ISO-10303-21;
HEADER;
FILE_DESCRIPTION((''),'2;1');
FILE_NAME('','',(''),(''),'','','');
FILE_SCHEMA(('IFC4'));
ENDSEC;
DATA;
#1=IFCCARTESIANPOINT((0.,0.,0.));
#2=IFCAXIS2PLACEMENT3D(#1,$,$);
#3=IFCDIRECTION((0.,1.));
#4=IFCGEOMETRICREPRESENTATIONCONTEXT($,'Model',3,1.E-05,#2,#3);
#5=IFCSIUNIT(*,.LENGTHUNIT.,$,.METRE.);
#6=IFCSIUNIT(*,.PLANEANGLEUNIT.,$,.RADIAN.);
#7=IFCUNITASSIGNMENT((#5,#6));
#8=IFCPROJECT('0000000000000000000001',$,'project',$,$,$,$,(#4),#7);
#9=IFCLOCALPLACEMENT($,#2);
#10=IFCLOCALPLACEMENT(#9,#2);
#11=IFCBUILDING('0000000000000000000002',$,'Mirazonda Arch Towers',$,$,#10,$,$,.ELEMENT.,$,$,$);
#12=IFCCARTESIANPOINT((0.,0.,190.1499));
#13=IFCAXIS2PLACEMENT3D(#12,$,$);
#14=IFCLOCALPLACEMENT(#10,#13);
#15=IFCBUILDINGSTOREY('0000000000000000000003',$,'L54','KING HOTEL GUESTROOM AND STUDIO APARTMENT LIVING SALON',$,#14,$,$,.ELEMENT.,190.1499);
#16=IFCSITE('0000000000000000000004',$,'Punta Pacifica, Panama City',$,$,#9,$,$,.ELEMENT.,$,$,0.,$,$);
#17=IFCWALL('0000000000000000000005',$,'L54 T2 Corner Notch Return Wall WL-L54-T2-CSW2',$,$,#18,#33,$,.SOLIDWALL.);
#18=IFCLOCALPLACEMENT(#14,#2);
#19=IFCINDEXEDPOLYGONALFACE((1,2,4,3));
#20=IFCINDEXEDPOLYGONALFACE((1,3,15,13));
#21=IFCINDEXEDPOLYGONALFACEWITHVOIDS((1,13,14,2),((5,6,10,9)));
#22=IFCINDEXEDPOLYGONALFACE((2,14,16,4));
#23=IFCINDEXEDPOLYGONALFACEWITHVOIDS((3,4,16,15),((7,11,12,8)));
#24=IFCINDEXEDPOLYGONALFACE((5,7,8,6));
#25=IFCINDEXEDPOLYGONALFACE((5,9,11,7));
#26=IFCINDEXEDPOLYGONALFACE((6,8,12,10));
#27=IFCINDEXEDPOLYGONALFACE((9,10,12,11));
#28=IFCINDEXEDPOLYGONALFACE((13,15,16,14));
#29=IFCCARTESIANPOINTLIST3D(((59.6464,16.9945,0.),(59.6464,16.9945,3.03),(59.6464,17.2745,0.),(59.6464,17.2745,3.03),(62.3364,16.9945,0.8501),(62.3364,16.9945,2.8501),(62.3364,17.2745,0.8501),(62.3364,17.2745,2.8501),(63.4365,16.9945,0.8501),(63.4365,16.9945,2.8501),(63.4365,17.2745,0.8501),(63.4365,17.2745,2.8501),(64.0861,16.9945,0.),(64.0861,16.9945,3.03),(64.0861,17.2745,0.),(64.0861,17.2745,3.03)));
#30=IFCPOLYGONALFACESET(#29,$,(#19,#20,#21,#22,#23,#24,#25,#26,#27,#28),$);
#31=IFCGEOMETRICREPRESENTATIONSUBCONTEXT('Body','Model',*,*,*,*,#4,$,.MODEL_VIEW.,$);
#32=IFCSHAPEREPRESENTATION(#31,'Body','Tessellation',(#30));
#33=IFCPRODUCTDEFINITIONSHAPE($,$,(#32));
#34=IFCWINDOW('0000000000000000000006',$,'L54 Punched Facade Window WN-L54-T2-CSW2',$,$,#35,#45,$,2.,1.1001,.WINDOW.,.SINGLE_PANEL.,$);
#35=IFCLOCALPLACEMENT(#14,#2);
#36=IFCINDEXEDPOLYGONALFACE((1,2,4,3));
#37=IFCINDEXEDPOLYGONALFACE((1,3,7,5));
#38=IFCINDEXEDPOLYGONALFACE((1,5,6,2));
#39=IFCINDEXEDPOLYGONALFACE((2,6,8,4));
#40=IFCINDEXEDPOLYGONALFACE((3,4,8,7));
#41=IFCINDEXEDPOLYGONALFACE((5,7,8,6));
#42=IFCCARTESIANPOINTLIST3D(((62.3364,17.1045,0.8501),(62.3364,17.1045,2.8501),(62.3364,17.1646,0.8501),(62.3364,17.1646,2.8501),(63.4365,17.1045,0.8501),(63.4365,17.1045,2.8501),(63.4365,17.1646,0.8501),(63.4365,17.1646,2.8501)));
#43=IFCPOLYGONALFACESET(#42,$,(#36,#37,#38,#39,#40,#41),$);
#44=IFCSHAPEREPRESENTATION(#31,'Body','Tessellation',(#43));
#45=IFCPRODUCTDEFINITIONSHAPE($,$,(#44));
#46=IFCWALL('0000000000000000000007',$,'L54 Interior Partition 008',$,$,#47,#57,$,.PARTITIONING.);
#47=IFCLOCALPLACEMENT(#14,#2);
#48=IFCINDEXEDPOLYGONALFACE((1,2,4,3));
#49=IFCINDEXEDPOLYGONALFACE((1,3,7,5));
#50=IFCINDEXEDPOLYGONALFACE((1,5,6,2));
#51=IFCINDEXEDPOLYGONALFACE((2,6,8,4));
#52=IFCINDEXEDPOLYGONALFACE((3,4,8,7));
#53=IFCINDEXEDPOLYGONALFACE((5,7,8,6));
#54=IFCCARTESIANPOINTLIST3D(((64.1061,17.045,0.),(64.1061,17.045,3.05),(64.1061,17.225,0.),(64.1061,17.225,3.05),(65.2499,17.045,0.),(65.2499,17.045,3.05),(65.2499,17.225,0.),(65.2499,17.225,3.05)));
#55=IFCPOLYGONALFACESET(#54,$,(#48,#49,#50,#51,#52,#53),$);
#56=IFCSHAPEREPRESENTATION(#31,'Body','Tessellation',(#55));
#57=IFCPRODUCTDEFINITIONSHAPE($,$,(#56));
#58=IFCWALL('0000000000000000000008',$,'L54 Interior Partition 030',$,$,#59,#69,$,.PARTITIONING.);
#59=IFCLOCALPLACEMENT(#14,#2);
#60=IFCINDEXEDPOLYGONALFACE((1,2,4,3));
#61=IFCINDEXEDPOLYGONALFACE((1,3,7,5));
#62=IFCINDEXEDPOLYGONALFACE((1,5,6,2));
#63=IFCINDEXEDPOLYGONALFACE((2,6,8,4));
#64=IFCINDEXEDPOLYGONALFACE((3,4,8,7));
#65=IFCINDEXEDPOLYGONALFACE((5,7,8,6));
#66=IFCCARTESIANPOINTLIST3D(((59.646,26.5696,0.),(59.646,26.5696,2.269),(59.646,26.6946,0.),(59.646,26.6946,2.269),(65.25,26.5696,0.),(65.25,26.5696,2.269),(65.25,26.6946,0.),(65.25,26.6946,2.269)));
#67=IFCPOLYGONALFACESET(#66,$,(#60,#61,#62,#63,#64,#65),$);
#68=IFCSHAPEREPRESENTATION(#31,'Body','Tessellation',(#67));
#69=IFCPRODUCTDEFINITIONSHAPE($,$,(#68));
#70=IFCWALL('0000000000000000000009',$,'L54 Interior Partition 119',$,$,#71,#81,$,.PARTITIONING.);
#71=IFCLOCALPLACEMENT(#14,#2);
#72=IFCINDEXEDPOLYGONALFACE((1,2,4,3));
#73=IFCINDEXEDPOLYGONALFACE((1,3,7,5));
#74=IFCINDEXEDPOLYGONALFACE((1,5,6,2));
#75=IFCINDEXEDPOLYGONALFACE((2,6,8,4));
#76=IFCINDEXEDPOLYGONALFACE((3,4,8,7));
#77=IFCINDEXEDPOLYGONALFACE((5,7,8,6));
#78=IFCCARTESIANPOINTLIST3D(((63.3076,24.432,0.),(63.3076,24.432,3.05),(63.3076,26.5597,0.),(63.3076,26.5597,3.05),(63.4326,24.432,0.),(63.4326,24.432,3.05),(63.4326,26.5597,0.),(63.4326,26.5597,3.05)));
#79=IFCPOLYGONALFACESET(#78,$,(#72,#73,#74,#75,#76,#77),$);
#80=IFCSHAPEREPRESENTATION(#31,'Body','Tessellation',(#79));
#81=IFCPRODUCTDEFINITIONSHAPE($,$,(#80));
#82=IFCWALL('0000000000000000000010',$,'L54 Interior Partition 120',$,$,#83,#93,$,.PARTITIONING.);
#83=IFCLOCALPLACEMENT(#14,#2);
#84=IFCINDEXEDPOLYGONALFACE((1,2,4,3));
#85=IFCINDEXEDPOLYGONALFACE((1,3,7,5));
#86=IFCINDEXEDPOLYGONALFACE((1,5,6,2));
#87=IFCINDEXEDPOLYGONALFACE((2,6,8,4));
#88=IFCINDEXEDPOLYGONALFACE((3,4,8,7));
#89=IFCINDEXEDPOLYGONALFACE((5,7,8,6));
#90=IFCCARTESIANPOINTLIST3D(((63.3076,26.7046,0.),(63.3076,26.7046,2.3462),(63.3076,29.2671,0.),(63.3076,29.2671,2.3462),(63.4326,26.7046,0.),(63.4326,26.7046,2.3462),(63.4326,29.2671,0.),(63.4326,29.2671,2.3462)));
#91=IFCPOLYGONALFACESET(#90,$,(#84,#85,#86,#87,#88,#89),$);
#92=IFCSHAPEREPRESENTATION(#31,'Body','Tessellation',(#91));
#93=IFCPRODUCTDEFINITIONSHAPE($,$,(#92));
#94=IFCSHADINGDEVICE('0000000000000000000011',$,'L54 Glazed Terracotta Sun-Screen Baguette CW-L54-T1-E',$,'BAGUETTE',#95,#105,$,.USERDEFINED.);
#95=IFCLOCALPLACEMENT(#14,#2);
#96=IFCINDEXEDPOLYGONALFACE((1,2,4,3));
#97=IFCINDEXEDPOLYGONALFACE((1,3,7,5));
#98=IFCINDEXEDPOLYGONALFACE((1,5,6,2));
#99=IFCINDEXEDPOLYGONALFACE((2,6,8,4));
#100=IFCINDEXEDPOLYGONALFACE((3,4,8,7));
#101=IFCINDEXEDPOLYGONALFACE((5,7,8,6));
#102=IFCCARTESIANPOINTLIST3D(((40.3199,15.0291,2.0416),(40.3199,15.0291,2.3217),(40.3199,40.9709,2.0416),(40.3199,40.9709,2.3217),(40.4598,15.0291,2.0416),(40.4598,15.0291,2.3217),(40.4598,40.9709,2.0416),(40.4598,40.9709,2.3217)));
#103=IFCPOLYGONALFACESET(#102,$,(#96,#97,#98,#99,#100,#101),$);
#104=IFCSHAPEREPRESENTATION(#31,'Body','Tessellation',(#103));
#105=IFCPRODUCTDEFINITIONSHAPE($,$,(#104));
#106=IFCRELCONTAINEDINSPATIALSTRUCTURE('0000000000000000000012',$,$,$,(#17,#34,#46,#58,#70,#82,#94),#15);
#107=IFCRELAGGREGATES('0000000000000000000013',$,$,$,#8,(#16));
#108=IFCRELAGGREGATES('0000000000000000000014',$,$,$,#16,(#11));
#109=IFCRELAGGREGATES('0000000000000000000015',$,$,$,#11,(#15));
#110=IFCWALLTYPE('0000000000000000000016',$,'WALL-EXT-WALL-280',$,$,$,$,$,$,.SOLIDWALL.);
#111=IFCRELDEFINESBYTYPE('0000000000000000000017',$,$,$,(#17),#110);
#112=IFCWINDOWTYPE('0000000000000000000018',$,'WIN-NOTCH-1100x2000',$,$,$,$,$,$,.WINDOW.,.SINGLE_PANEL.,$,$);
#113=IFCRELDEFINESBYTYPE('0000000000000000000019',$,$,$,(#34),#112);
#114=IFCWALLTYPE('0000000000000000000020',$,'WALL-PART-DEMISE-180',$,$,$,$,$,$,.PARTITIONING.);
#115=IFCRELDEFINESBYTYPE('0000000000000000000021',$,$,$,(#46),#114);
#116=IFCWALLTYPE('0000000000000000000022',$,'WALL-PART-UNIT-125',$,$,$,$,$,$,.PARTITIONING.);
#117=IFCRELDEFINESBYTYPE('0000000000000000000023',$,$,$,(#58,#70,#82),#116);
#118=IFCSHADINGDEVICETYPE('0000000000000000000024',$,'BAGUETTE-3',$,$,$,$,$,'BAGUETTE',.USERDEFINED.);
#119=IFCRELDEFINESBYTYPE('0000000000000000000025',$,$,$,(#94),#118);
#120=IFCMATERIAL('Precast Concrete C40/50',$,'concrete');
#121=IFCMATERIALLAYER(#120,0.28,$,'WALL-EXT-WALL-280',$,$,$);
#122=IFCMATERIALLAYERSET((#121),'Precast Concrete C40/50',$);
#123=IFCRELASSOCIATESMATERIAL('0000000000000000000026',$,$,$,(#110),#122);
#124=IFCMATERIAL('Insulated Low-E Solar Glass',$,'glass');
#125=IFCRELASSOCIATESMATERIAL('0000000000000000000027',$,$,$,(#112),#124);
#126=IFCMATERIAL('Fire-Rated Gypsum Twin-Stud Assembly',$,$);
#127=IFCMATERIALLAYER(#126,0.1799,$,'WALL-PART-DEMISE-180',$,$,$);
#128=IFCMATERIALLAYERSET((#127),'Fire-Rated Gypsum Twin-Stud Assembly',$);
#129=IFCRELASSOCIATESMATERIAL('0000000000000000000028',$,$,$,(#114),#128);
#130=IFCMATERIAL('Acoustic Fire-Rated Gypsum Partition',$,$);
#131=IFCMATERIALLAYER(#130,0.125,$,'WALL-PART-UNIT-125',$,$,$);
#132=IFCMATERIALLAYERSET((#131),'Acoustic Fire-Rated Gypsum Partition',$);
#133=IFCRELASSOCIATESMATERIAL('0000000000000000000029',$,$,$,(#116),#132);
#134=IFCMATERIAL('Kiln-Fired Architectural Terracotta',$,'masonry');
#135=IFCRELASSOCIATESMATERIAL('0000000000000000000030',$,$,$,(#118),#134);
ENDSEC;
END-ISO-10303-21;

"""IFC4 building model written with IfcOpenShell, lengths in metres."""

from ifc_helpers import new_model, si_unit, direction, frame, frame_2d, origin, origin_2d, place, context, subcontext, project, spatial, rectangle, extrude, material, layer, layer_set, material_profile, profile_set, type_object, element, fill, save


model = new_model("IFC4")

# Units and contexts
model_context = context("Model", 3, precision=1e-05, world=origin(), true_north=direction((0.0, 1.0)))
body_context = subcontext(model_context, "Body", "Model", "MODEL_VIEW")
ifc_project = project(units=[si_unit("LENGTHUNIT", "METRE"), si_unit("PLANEANGLEUNIT", "RADIAN")], contexts=[model_context])

# Site, building, storey
site_placement = place(None, origin())
site = spatial("IfcSite", under=ifc_project, at=site_placement, Name="Punta Pacifica, Panama City", CompositionType="ELEMENT", RefElevation=0.0)
building_placement = place(site_placement, origin())
building = spatial("IfcBuilding", under=site, at=building_placement, Name="Mirazonda Arch Towers", CompositionType="ELEMENT")
storey_placement = place(building_placement, frame((0.0, 0.0, 190.1499)))
storey = spatial("IfcBuildingStorey", under=building, at=storey_placement, Name="L54", Description="KING HOTEL GUESTROOM AND STUDIO APARTMENT LIVING SALON", CompositionType="ELEMENT", Elevation=190.1499)

# Shared definitions
ifc_material_1 = material(Name="Insulated Low-E Solar Glass", Category="glass")

# Shared definitions
ifc_material_2 = material(Name="Precast Concrete C40/50", Category="concrete")
ifc_layer_1 = layer(ifc_material_2, 0.28, Name="WALL-EXT-WALL-280")
ifc_layer_set_1 = layer_set([ifc_layer_1], Name="Precast Concrete C40/50")
wall_type_1 = type_object("IfcWallType", Name="WALL-EXT-WALL-280", PredefinedType="SOLIDWALL", material=ifc_layer_set_1)

# Wall, opening, window
wall_1_placement = place(storey_placement, frame((59.6465, 17.1345, 0.0), z_axis=(0.0, 0.0, 1.0), x_axis=(1.0, 0.0, 0.0)))
wall_1 = element("IfcWall", 1, at=wall_1_placement, inside=storey, type_object=wall_type_1, Name="L54 T2 Corner Notch Return Wall WL-L54-T2-CSW2", PredefinedType="SOLIDWALL", context=body_context, shape_type="SweptSolid", body=[
    extrude(rectangle(XDim=4.4397, YDim=0.28, at=frame_2d((2.2197, 0.0))), origin(), (0.0, 0.0, 1.0), 3.03),
])
opening_1_placement = place(wall_1_placement, frame((2.6899, 0.0, 0.8501)))
opening_1 = element("IfcOpeningElement", 2, at=opening_1_placement, cuts=wall_1, PredefinedType="OPENING", context=body_context, shape_type="SweptSolid", body=[
    extrude(rectangle(XDim=1.1001, YDim=2.0, at=frame_2d((0.55, 1.0))), frame((0.0, 0.1499, 0.0), z_axis=(0.0, -1.0, 0.0), x_axis=(1.0, 0.0, 0.0)), (0.0, 0.0, 1.0), 0.3),
])
window_type_1 = type_object("IfcWindowType", Name="WIN-NOTCH-1100x2000", PartitioningType="SINGLE_PANEL", PredefinedType="WINDOW", material=ifc_material_1)
window_1_placement = place(opening_1_placement, origin())
window_1 = element("IfcWindow", 3, at=window_1_placement, inside=storey, type_object=window_type_1, Name="L54 Punched Facade Window WN-L54-T2-CSW2", OverallHeight=2.0, OverallWidth=1.1001, PartitioningType="SINGLE_PANEL", PredefinedType="WINDOW", context=body_context, shape_type="SweptSolid", body=[
    extrude(rectangle(XDim=1.1001, YDim=2.0, at=frame_2d((0.55, 1.0))), frame((0.0, 0.03, 0.0), z_axis=(0.0, -1.0, 0.0), x_axis=(1.0, 0.0, 0.0)), (0.0, 0.0, 1.0), 0.0601),
])
fill(opening_1, window_1)

# Wall
ifc_material_3 = material(Name="Fire-Rated Gypsum Twin-Stud Assembly")
ifc_layer_2 = layer(ifc_material_3, 0.1799, Name="WALL-PART-DEMISE-180")
ifc_layer_set_2 = layer_set([ifc_layer_2], Name="Fire-Rated Gypsum Twin-Stud Assembly")
wall_type_2 = type_object("IfcWallType", Name="WALL-PART-DEMISE-180", PredefinedType="PARTITIONING", material=ifc_layer_set_2)
wall_2_placement = place(storey_placement, frame((64.1062, 17.135, 0.0), z_axis=(0.0, 0.0, 1.0), x_axis=(1.0, 0.0, 0.0)))
element("IfcWall", 4, at=wall_2_placement, inside=storey, type_object=wall_type_2, Name="L54 Interior Partition 008", PredefinedType="PARTITIONING", context=body_context, shape_type="SweptSolid", body=[
    extrude(rectangle(XDim=1.1438, YDim=0.1799, at=frame_2d((0.5718, 0.0))), origin(), (0.0, 0.0, 1.0), 3.05),
])

# Walls
ifc_material_4 = material(Name="Acoustic Fire-Rated Gypsum Partition")
ifc_layer_3 = layer(ifc_material_4, 0.125, Name="WALL-PART-UNIT-125")
ifc_layer_set_3 = layer_set([ifc_layer_3], Name="Acoustic Fire-Rated Gypsum Partition")
wall_type_3 = type_object("IfcWallType", Name="WALL-PART-UNIT-125", PredefinedType="PARTITIONING", material=ifc_layer_set_3)
wall_3_placement = place(storey_placement, frame((59.646, 26.6321, 0.0), z_axis=(0.0, 0.0, 1.0), x_axis=(1.0, 0.0, 0.0)))
element("IfcWall", 5, at=wall_3_placement, inside=storey, type_object=wall_type_3, Name="L54 Interior Partition 030", PredefinedType="PARTITIONING", context=body_context, shape_type="SweptSolid", body=[
    extrude(rectangle(XDim=5.604, YDim=0.125, at=frame_2d((2.802, 0.0))), origin(), (0.0, 0.0, 1.0), 2.269),
])
wall_4_placement = place(storey_placement, frame((63.3701, 24.4319, 0.0), z_axis=(0.0, 0.0, 1.0), x_axis=(0.0, 1.0, 0.0)))
element("IfcWall", 6, at=wall_4_placement, inside=storey, type_object=wall_type_3, Name="L54 Interior Partition 119", PredefinedType="PARTITIONING", context=body_context, shape_type="SweptSolid", body=[
    extrude(rectangle(XDim=2.1277, YDim=0.125, at=frame_2d((1.064, 0.0))), origin(), (0.0, 0.0, 1.0), 3.05),
])
wall_5_placement = place(storey_placement, frame((63.3701, 26.7046, 0.0), z_axis=(0.0, 0.0, 1.0), x_axis=(0.0, 1.0, 0.0)))
element("IfcWall", 7, at=wall_5_placement, inside=storey, type_object=wall_type_3, Name="L54 Interior Partition 120", PredefinedType="PARTITIONING", context=body_context, shape_type="SweptSolid", body=[
    extrude(rectangle(XDim=2.5625, YDim=0.125, at=frame_2d((1.2812, 0.0))), origin(), (0.0, 0.0, 1.0), 2.3462),
])

# Shading device
ifc_material_5 = material(Name="Kiln-Fired Architectural Terracotta", Category="masonry")
ifc_material_profile_1 = material_profile(ifc_material_5, rectangle(XDim=0.1399, YDim=0.28, at=origin_2d()), Name="TERRA-BAG-140x280")
ifc_profile_set_1 = profile_set([ifc_material_profile_1], Name="Kiln-Fired Architectural Terracotta")
shading_device_type = type_object("IfcShadingDeviceType", Name="BAGUETTE-3", ElementType="BAGUETTE", PredefinedType="USERDEFINED", material=ifc_profile_set_1)
shading_device_placement = place(storey_placement, frame((40.3899, 15.0291, 2.1816), z_axis=(0.0, 1.0, 0.0), x_axis=(-1.0, 0.0, 0.0)))
element("IfcShadingDevice", 8, at=shading_device_placement, inside=storey, type_object=shading_device_type, Name="L54 Glazed Terracotta Sun-Screen Baguette CW-L54-T1-E", ObjectType="BAGUETTE", PredefinedType="USERDEFINED", context=body_context, shape_type="SweptSolid", body=[
    extrude(rectangle(XDim=0.1399, YDim=0.28, at=origin_2d()), origin(), (0.0, 0.0, 1.0), 25.9419),
])

save(model, "model.ifc")
